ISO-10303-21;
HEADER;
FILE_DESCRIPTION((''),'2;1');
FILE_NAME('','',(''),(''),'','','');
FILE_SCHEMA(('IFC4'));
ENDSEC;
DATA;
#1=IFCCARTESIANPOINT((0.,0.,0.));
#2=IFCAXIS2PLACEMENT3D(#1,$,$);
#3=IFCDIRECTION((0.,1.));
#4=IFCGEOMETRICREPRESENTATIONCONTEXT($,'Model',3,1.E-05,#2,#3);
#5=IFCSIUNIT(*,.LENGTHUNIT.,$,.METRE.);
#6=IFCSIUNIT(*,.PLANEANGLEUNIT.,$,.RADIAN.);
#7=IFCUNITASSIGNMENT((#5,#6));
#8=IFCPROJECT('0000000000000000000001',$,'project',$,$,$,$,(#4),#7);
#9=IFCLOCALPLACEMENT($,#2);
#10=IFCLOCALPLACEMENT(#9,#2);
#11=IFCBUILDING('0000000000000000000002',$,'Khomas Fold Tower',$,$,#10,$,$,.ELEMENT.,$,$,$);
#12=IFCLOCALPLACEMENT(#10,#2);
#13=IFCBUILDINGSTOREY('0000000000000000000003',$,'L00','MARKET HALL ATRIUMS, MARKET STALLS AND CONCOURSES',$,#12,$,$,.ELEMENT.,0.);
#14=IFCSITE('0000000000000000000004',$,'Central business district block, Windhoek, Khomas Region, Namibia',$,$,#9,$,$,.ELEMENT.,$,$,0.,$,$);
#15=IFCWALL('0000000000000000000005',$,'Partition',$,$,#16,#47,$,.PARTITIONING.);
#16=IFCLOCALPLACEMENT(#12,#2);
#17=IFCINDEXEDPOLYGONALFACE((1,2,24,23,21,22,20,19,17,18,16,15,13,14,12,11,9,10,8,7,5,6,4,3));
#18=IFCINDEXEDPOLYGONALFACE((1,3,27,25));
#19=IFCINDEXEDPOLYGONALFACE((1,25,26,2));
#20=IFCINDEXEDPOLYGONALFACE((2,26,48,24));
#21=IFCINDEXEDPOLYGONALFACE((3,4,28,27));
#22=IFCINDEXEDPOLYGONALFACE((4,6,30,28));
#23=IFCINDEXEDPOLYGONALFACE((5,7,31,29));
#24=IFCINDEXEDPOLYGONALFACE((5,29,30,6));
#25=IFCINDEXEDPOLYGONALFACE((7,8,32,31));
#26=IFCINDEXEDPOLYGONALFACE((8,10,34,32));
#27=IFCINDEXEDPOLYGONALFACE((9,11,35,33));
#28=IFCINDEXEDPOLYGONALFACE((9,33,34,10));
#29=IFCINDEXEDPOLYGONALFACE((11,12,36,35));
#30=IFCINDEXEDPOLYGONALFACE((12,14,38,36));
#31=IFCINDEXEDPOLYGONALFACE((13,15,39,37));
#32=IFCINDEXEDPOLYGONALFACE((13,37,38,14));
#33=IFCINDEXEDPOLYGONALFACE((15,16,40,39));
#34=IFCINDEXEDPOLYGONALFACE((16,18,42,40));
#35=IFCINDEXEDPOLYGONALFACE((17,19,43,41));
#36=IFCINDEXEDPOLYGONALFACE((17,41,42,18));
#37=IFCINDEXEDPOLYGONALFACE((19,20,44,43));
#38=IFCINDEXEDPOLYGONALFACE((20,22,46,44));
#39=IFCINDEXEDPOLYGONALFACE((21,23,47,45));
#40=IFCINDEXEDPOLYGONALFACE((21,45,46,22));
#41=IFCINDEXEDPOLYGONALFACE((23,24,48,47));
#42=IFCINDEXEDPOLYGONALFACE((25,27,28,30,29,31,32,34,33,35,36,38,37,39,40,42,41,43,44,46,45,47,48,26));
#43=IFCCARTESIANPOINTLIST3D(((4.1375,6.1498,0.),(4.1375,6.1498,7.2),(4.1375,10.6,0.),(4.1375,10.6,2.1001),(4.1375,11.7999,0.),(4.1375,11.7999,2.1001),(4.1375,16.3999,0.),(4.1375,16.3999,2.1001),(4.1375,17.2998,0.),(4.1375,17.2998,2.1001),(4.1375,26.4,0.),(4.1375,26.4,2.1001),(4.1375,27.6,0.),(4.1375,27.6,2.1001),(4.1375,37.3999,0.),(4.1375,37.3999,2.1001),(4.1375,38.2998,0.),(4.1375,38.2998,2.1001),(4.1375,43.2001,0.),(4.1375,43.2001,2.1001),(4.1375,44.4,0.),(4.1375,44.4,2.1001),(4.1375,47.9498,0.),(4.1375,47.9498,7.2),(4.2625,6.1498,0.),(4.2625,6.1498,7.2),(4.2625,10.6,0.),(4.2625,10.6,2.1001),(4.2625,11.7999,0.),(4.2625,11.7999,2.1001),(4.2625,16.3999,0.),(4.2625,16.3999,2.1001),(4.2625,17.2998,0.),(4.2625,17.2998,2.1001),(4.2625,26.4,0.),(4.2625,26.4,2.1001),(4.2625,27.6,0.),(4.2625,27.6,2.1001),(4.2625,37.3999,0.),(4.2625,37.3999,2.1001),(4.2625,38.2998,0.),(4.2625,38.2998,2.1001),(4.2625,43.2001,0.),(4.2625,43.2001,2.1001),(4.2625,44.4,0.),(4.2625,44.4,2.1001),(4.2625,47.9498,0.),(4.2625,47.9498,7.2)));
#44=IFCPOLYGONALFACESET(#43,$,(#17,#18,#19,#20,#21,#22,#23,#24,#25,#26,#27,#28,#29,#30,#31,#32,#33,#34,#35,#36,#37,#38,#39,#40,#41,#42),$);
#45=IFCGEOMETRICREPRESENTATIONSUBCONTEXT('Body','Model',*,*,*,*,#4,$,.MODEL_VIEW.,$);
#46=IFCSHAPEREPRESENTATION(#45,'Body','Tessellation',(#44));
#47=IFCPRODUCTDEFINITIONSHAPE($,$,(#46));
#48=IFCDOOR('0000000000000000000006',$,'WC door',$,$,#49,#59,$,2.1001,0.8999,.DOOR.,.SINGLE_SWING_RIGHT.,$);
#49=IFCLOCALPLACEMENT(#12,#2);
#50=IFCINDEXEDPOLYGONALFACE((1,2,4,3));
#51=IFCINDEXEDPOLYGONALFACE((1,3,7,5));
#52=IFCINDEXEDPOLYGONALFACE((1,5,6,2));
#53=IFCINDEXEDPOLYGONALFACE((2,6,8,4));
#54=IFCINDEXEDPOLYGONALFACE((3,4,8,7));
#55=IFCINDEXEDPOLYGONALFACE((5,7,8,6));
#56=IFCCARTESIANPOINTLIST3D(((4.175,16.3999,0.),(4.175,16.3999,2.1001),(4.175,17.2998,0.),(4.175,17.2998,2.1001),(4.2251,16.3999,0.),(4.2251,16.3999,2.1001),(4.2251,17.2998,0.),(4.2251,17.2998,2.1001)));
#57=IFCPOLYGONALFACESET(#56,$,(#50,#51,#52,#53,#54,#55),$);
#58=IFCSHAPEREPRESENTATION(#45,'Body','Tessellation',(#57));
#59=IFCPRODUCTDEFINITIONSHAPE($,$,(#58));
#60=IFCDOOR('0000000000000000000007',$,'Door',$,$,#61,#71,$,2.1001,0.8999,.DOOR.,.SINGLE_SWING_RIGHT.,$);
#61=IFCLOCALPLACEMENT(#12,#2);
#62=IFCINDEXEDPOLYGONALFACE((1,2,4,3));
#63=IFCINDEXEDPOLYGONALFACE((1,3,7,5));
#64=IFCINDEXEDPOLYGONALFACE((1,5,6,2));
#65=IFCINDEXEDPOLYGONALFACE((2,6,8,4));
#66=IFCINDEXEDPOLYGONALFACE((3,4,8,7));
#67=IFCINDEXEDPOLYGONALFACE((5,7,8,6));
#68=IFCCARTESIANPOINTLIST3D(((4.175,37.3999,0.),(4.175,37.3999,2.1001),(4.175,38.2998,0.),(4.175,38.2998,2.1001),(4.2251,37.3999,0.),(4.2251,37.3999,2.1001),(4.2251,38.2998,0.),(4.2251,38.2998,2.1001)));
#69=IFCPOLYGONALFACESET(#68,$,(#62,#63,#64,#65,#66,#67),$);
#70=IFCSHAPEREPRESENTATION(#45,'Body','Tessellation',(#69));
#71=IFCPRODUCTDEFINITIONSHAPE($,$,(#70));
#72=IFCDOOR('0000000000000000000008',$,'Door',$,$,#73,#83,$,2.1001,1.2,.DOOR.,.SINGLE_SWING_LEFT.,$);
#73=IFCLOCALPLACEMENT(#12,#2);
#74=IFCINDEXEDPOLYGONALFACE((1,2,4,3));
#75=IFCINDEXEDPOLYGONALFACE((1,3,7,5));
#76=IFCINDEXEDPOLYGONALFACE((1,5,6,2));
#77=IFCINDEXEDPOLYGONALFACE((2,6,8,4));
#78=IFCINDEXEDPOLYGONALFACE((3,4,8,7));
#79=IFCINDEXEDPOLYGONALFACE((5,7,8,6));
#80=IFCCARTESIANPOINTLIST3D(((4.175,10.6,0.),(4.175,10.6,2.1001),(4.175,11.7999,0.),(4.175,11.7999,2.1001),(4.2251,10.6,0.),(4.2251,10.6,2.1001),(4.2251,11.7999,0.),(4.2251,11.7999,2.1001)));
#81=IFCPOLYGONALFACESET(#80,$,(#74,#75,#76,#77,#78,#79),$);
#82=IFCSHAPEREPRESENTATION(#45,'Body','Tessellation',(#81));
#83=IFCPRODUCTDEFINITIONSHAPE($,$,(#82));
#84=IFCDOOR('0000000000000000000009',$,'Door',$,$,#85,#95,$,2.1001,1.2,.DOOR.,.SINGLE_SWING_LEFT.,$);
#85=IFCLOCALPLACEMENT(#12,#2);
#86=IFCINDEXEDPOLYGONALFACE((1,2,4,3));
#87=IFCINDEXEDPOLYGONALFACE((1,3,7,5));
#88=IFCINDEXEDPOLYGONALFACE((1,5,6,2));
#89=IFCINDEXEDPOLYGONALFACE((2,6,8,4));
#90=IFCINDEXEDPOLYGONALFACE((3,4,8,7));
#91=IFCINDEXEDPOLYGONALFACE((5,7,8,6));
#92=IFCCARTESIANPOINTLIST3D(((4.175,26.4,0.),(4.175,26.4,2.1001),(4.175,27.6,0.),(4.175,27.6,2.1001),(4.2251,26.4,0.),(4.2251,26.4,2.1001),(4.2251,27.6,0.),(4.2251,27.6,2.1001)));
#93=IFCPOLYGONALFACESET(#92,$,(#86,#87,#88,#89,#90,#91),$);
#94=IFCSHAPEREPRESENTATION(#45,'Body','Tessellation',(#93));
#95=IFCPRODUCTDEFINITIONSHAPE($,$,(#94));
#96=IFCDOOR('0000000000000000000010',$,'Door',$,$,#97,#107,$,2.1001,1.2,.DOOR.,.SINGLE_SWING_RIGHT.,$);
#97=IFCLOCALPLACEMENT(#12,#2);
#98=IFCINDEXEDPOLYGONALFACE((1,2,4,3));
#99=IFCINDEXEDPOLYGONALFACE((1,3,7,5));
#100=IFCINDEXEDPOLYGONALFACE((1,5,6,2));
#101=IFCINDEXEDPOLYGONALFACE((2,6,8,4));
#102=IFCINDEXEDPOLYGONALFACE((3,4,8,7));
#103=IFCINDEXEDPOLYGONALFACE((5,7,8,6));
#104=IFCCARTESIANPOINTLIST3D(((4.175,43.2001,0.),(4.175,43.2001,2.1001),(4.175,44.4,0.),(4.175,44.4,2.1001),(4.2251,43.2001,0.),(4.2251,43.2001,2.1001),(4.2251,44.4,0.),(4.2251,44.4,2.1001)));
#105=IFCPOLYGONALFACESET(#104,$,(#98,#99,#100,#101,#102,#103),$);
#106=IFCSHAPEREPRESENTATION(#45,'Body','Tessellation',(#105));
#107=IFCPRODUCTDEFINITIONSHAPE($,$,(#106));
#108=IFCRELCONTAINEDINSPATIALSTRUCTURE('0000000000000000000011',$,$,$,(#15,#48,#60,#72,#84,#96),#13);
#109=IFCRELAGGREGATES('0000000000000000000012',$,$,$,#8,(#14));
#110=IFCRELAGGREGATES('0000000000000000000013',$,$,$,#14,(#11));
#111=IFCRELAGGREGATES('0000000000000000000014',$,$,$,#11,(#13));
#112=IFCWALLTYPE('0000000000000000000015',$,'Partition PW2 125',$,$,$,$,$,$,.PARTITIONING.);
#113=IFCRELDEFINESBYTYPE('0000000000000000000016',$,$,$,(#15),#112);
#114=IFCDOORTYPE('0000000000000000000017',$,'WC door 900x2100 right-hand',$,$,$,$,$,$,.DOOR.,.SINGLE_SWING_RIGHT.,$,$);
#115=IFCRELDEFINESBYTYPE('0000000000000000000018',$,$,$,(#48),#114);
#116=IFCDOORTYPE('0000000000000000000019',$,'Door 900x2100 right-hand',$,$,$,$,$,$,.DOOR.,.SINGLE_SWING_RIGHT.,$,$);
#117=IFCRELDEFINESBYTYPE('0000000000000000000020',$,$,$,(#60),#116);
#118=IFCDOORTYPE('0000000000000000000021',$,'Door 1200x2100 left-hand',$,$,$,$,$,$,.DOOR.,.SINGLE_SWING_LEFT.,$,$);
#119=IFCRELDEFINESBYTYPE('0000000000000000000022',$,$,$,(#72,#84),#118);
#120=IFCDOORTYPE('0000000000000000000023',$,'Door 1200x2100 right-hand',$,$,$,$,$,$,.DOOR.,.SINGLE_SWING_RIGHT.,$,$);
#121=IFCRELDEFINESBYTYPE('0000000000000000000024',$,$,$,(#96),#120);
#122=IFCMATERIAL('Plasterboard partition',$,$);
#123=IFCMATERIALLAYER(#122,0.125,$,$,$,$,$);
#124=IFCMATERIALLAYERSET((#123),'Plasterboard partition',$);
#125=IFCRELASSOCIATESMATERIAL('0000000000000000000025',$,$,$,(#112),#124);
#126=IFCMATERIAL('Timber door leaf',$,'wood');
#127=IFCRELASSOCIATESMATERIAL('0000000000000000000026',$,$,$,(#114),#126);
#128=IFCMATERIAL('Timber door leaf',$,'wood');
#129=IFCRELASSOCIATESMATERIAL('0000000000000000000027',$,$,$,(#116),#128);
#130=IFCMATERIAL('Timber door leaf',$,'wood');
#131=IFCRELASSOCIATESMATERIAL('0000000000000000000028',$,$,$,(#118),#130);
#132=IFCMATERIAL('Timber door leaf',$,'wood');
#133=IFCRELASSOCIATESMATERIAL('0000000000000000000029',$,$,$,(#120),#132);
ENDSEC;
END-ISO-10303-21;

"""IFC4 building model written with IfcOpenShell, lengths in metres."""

from ifc_helpers import new_model, si_unit, direction, frame, frame_2d, origin, place, context, subcontext, project, spatial, rectangle, extrude, source, transform, mapped, material, layer, layer_set, type_object, element, fill, save


model = new_model("IFC4")

# Units and contexts
model_context = context("Model", 3, precision=1e-05, world=origin(), true_north=direction((0.0, 1.0)))
body_context = subcontext(model_context, "Body", "Model", "MODEL_VIEW")
ifc_project = project(units=[si_unit("LENGTHUNIT", "METRE"), si_unit("PLANEANGLEUNIT", "RADIAN")], contexts=[model_context])

# Site, building, storey
site_placement = place(None, origin())
site = spatial("IfcSite", under=ifc_project, at=site_placement, Name="Central business district block, Windhoek, Khomas Region, Namibia", CompositionType="ELEMENT", RefElevation=0.0)
building_placement = place(site_placement, origin())
building = spatial("IfcBuilding", under=site, at=building_placement, Name="Khomas Fold Tower", CompositionType="ELEMENT")
storey_placement = place(building_placement, origin())
storey = spatial("IfcBuildingStorey", under=building, at=storey_placement, Name="L00", Description="MARKET HALL ATRIUMS, MARKET STALLS AND CONCOURSES", CompositionType="ELEMENT", Elevation=0.0)

# Wall, openings, doors
shared_shape_1 = source(origin(), body_context, "Body", "SweptSolid", [
    extrude(rectangle(XDim=1.2, YDim=2.1001, at=frame_2d((0.6001, 1.05))), frame((0.0, 0.0249, 0.0), z_axis=(0.0, -1.0, 0.0), x_axis=(1.0, 0.0, 0.0)), (0.0, 0.0, 1.0), 0.05),
])
ifc_material_1 = material(Name="Plasterboard partition")
ifc_layer_1 = layer(ifc_material_1, 0.125)
ifc_layer_set_1 = layer_set([ifc_layer_1], Name="Plasterboard partition")
wall_type_1 = type_object("IfcWallType", Name="Partition PW2 125", PredefinedType="PARTITIONING", material=ifc_layer_set_1)
shared_shape_2 = source(origin(), body_context, "Body", "SweptSolid", [
    extrude(rectangle(XDim=41.8, YDim=0.125, at=frame_2d((20.8999, 0.0))), origin(), (0.0, 0.0, 1.0), 7.2),
])
wall_1_placement = place(storey_placement, frame((4.2, 6.1499, 0.0), z_axis=(0.0, 0.0, 1.0), x_axis=(0.0, 1.0, 0.0)))
wall_1 = element("IfcWall", 1, at=wall_1_placement, inside=storey, type_object=wall_type_1, Name="Partition", PredefinedType="PARTITIONING", context=body_context, shape_type="MappedRepresentation", body=[
    mapped(shared_shape_2, transform((0.0, 0.0, 0.0))),
])
shared_shape_3 = source(origin(), body_context, "Body", "SweptSolid", [
    extrude(rectangle(XDim=1.2, YDim=2.1001, at=frame_2d((0.6001, 1.05))), frame((0.0, 0.0725, 0.0), z_axis=(0.0, -1.0, 0.0), x_axis=(1.0, 0.0, 0.0)), (0.0, 0.0, 1.0), 0.145),
])
opening_1_placement = place(wall_1_placement, frame((4.45, 0.0, 0.0)))
opening_1 = element("IfcOpeningElement", 2, at=opening_1_placement, cuts=wall_1, PredefinedType="OPENING", context=body_context, shape_type="MappedRepresentation", body=[
    mapped(shared_shape_3, transform((0.0, 0.0, 0.0))),
])
shared_shape_4 = source(origin(), body_context, "Body", "SweptSolid", [
    extrude(rectangle(XDim=0.8999, YDim=2.1001, at=frame_2d((0.45, 1.05))), frame((0.0, 0.0725, 0.0), z_axis=(0.0, -1.0, 0.0), x_axis=(1.0, 0.0, 0.0)), (0.0, 0.0, 1.0), 0.145),
])
opening_2_placement = place(wall_1_placement, frame((10.25, 0.0, 0.0)))
opening_2 = element("IfcOpeningElement", 3, at=opening_2_placement, cuts=wall_1, PredefinedType="OPENING", context=body_context, shape_type="MappedRepresentation", body=[
    mapped(shared_shape_4, transform((0.0, 0.0, 0.0))),
])
opening_3_placement = place(wall_1_placement, frame((20.25, 0.0, 0.0)))
opening_3 = element("IfcOpeningElement", 4, at=opening_3_placement, cuts=wall_1, PredefinedType="OPENING", context=body_context, shape_type="MappedRepresentation", body=[
    mapped(shared_shape_3, transform((0.0, 0.0, 0.0))),
])
opening_4_placement = place(wall_1_placement, frame((31.25, 0.0, 0.0)))
opening_4 = element("IfcOpeningElement", 5, at=opening_4_placement, cuts=wall_1, PredefinedType="OPENING", context=body_context, shape_type="MappedRepresentation", body=[
    mapped(shared_shape_4, transform((0.0, 0.0, 0.0))),
])
opening_5_placement = place(wall_1_placement, frame((37.05, 0.0, 0.0)))
opening_5 = element("IfcOpeningElement", 6, at=opening_5_placement, cuts=wall_1, PredefinedType="OPENING", context=body_context, shape_type="MappedRepresentation", body=[
    mapped(shared_shape_3, transform((0.0, 0.0, 0.0))),
])
ifc_material_2 = material(Name="Timber door leaf", Category="wood")
door_type_1 = type_object("IfcDoorType", Name="WC door 900x2100 right-hand", OperationType="SINGLE_SWING_RIGHT", PredefinedType="DOOR", material=ifc_material_2)
shared_shape_5 = source(origin(), body_context, "Body", "SweptSolid", [
    extrude(rectangle(XDim=0.8999, YDim=2.1001, at=frame_2d((0.45, 1.05))), frame((0.0, 0.0249, 0.0), z_axis=(0.0, -1.0, 0.0), x_axis=(1.0, 0.0, 0.0)), (0.0, 0.0, 1.0), 0.05),
])
door_1_placement = place(opening_2_placement, origin())
door_1 = element("IfcDoor", 7, at=door_1_placement, inside=storey, type_object=door_type_1, Name="WC door", OperationType="SINGLE_SWING_RIGHT", OverallHeight=2.1001, OverallWidth=0.8999, PredefinedType="DOOR", context=body_context, shape_type="MappedRepresentation", body=[
    mapped(shared_shape_5, transform((0.0, 0.0, 0.0))),
])
fill(opening_2, door_1)
ifc_material_3 = material(Name="Timber door leaf", Category="wood")
door_type_2 = type_object("IfcDoorType", Name="Door 900x2100 right-hand", OperationType="SINGLE_SWING_RIGHT", PredefinedType="DOOR", material=ifc_material_3)
door_2_placement = place(opening_4_placement, origin())
door_2 = element("IfcDoor", 8, at=door_2_placement, inside=storey, type_object=door_type_2, Name="Door", OperationType="SINGLE_SWING_RIGHT", OverallHeight=2.1001, OverallWidth=0.8999, PredefinedType="DOOR", context=body_context, shape_type="MappedRepresentation", body=[
    mapped(shared_shape_5, transform((0.0, 0.0, 0.0))),
])
fill(opening_4, door_2)
ifc_material_4 = material(Name="Timber door leaf", Category="wood")
door_type_3 = type_object("IfcDoorType", Name="Door 1200x2100 left-hand", OperationType="SINGLE_SWING_LEFT", PredefinedType="DOOR", material=ifc_material_4)
door_3_placement = place(opening_1_placement, origin())
door_3 = element("IfcDoor", 9, at=door_3_placement, inside=storey, type_object=door_type_3, Name="Door", OperationType="SINGLE_SWING_LEFT", OverallHeight=2.1001, OverallWidth=1.2, PredefinedType="DOOR", context=body_context, shape_type="MappedRepresentation", body=[
    mapped(shared_shape_1, transform((0.0, 0.0, 0.0))),
])
fill(opening_1, door_3)
door_4_placement = place(opening_3_placement, origin())
door_4 = element("IfcDoor", 10, at=door_4_placement, inside=storey, type_object=door_type_3, Name="Door", OperationType="SINGLE_SWING_LEFT", OverallHeight=2.1001, OverallWidth=1.2, PredefinedType="DOOR", context=body_context, shape_type="MappedRepresentation", body=[
    mapped(shared_shape_1, transform((0.0, 0.0, 0.0))),
])
fill(opening_3, door_4)
ifc_material_5 = material(Name="Timber door leaf", Category="wood")
door_type_4 = type_object("IfcDoorType", Name="Door 1200x2100 right-hand", OperationType="SINGLE_SWING_RIGHT", PredefinedType="DOOR", material=ifc_material_5)
door_5_placement = place(opening_5_placement, origin())
door_5 = element("IfcDoor", 11, at=door_5_placement, inside=storey, type_object=door_type_4, Name="Door", OperationType="SINGLE_SWING_RIGHT", OverallHeight=2.1001, OverallWidth=1.2, PredefinedType="DOOR", context=body_context, shape_type="MappedRepresentation", body=[
    mapped(shared_shape_1, transform((0.0, 0.0, 0.0))),
])
fill(opening_5, door_5)

save(model, "model.ifc")
